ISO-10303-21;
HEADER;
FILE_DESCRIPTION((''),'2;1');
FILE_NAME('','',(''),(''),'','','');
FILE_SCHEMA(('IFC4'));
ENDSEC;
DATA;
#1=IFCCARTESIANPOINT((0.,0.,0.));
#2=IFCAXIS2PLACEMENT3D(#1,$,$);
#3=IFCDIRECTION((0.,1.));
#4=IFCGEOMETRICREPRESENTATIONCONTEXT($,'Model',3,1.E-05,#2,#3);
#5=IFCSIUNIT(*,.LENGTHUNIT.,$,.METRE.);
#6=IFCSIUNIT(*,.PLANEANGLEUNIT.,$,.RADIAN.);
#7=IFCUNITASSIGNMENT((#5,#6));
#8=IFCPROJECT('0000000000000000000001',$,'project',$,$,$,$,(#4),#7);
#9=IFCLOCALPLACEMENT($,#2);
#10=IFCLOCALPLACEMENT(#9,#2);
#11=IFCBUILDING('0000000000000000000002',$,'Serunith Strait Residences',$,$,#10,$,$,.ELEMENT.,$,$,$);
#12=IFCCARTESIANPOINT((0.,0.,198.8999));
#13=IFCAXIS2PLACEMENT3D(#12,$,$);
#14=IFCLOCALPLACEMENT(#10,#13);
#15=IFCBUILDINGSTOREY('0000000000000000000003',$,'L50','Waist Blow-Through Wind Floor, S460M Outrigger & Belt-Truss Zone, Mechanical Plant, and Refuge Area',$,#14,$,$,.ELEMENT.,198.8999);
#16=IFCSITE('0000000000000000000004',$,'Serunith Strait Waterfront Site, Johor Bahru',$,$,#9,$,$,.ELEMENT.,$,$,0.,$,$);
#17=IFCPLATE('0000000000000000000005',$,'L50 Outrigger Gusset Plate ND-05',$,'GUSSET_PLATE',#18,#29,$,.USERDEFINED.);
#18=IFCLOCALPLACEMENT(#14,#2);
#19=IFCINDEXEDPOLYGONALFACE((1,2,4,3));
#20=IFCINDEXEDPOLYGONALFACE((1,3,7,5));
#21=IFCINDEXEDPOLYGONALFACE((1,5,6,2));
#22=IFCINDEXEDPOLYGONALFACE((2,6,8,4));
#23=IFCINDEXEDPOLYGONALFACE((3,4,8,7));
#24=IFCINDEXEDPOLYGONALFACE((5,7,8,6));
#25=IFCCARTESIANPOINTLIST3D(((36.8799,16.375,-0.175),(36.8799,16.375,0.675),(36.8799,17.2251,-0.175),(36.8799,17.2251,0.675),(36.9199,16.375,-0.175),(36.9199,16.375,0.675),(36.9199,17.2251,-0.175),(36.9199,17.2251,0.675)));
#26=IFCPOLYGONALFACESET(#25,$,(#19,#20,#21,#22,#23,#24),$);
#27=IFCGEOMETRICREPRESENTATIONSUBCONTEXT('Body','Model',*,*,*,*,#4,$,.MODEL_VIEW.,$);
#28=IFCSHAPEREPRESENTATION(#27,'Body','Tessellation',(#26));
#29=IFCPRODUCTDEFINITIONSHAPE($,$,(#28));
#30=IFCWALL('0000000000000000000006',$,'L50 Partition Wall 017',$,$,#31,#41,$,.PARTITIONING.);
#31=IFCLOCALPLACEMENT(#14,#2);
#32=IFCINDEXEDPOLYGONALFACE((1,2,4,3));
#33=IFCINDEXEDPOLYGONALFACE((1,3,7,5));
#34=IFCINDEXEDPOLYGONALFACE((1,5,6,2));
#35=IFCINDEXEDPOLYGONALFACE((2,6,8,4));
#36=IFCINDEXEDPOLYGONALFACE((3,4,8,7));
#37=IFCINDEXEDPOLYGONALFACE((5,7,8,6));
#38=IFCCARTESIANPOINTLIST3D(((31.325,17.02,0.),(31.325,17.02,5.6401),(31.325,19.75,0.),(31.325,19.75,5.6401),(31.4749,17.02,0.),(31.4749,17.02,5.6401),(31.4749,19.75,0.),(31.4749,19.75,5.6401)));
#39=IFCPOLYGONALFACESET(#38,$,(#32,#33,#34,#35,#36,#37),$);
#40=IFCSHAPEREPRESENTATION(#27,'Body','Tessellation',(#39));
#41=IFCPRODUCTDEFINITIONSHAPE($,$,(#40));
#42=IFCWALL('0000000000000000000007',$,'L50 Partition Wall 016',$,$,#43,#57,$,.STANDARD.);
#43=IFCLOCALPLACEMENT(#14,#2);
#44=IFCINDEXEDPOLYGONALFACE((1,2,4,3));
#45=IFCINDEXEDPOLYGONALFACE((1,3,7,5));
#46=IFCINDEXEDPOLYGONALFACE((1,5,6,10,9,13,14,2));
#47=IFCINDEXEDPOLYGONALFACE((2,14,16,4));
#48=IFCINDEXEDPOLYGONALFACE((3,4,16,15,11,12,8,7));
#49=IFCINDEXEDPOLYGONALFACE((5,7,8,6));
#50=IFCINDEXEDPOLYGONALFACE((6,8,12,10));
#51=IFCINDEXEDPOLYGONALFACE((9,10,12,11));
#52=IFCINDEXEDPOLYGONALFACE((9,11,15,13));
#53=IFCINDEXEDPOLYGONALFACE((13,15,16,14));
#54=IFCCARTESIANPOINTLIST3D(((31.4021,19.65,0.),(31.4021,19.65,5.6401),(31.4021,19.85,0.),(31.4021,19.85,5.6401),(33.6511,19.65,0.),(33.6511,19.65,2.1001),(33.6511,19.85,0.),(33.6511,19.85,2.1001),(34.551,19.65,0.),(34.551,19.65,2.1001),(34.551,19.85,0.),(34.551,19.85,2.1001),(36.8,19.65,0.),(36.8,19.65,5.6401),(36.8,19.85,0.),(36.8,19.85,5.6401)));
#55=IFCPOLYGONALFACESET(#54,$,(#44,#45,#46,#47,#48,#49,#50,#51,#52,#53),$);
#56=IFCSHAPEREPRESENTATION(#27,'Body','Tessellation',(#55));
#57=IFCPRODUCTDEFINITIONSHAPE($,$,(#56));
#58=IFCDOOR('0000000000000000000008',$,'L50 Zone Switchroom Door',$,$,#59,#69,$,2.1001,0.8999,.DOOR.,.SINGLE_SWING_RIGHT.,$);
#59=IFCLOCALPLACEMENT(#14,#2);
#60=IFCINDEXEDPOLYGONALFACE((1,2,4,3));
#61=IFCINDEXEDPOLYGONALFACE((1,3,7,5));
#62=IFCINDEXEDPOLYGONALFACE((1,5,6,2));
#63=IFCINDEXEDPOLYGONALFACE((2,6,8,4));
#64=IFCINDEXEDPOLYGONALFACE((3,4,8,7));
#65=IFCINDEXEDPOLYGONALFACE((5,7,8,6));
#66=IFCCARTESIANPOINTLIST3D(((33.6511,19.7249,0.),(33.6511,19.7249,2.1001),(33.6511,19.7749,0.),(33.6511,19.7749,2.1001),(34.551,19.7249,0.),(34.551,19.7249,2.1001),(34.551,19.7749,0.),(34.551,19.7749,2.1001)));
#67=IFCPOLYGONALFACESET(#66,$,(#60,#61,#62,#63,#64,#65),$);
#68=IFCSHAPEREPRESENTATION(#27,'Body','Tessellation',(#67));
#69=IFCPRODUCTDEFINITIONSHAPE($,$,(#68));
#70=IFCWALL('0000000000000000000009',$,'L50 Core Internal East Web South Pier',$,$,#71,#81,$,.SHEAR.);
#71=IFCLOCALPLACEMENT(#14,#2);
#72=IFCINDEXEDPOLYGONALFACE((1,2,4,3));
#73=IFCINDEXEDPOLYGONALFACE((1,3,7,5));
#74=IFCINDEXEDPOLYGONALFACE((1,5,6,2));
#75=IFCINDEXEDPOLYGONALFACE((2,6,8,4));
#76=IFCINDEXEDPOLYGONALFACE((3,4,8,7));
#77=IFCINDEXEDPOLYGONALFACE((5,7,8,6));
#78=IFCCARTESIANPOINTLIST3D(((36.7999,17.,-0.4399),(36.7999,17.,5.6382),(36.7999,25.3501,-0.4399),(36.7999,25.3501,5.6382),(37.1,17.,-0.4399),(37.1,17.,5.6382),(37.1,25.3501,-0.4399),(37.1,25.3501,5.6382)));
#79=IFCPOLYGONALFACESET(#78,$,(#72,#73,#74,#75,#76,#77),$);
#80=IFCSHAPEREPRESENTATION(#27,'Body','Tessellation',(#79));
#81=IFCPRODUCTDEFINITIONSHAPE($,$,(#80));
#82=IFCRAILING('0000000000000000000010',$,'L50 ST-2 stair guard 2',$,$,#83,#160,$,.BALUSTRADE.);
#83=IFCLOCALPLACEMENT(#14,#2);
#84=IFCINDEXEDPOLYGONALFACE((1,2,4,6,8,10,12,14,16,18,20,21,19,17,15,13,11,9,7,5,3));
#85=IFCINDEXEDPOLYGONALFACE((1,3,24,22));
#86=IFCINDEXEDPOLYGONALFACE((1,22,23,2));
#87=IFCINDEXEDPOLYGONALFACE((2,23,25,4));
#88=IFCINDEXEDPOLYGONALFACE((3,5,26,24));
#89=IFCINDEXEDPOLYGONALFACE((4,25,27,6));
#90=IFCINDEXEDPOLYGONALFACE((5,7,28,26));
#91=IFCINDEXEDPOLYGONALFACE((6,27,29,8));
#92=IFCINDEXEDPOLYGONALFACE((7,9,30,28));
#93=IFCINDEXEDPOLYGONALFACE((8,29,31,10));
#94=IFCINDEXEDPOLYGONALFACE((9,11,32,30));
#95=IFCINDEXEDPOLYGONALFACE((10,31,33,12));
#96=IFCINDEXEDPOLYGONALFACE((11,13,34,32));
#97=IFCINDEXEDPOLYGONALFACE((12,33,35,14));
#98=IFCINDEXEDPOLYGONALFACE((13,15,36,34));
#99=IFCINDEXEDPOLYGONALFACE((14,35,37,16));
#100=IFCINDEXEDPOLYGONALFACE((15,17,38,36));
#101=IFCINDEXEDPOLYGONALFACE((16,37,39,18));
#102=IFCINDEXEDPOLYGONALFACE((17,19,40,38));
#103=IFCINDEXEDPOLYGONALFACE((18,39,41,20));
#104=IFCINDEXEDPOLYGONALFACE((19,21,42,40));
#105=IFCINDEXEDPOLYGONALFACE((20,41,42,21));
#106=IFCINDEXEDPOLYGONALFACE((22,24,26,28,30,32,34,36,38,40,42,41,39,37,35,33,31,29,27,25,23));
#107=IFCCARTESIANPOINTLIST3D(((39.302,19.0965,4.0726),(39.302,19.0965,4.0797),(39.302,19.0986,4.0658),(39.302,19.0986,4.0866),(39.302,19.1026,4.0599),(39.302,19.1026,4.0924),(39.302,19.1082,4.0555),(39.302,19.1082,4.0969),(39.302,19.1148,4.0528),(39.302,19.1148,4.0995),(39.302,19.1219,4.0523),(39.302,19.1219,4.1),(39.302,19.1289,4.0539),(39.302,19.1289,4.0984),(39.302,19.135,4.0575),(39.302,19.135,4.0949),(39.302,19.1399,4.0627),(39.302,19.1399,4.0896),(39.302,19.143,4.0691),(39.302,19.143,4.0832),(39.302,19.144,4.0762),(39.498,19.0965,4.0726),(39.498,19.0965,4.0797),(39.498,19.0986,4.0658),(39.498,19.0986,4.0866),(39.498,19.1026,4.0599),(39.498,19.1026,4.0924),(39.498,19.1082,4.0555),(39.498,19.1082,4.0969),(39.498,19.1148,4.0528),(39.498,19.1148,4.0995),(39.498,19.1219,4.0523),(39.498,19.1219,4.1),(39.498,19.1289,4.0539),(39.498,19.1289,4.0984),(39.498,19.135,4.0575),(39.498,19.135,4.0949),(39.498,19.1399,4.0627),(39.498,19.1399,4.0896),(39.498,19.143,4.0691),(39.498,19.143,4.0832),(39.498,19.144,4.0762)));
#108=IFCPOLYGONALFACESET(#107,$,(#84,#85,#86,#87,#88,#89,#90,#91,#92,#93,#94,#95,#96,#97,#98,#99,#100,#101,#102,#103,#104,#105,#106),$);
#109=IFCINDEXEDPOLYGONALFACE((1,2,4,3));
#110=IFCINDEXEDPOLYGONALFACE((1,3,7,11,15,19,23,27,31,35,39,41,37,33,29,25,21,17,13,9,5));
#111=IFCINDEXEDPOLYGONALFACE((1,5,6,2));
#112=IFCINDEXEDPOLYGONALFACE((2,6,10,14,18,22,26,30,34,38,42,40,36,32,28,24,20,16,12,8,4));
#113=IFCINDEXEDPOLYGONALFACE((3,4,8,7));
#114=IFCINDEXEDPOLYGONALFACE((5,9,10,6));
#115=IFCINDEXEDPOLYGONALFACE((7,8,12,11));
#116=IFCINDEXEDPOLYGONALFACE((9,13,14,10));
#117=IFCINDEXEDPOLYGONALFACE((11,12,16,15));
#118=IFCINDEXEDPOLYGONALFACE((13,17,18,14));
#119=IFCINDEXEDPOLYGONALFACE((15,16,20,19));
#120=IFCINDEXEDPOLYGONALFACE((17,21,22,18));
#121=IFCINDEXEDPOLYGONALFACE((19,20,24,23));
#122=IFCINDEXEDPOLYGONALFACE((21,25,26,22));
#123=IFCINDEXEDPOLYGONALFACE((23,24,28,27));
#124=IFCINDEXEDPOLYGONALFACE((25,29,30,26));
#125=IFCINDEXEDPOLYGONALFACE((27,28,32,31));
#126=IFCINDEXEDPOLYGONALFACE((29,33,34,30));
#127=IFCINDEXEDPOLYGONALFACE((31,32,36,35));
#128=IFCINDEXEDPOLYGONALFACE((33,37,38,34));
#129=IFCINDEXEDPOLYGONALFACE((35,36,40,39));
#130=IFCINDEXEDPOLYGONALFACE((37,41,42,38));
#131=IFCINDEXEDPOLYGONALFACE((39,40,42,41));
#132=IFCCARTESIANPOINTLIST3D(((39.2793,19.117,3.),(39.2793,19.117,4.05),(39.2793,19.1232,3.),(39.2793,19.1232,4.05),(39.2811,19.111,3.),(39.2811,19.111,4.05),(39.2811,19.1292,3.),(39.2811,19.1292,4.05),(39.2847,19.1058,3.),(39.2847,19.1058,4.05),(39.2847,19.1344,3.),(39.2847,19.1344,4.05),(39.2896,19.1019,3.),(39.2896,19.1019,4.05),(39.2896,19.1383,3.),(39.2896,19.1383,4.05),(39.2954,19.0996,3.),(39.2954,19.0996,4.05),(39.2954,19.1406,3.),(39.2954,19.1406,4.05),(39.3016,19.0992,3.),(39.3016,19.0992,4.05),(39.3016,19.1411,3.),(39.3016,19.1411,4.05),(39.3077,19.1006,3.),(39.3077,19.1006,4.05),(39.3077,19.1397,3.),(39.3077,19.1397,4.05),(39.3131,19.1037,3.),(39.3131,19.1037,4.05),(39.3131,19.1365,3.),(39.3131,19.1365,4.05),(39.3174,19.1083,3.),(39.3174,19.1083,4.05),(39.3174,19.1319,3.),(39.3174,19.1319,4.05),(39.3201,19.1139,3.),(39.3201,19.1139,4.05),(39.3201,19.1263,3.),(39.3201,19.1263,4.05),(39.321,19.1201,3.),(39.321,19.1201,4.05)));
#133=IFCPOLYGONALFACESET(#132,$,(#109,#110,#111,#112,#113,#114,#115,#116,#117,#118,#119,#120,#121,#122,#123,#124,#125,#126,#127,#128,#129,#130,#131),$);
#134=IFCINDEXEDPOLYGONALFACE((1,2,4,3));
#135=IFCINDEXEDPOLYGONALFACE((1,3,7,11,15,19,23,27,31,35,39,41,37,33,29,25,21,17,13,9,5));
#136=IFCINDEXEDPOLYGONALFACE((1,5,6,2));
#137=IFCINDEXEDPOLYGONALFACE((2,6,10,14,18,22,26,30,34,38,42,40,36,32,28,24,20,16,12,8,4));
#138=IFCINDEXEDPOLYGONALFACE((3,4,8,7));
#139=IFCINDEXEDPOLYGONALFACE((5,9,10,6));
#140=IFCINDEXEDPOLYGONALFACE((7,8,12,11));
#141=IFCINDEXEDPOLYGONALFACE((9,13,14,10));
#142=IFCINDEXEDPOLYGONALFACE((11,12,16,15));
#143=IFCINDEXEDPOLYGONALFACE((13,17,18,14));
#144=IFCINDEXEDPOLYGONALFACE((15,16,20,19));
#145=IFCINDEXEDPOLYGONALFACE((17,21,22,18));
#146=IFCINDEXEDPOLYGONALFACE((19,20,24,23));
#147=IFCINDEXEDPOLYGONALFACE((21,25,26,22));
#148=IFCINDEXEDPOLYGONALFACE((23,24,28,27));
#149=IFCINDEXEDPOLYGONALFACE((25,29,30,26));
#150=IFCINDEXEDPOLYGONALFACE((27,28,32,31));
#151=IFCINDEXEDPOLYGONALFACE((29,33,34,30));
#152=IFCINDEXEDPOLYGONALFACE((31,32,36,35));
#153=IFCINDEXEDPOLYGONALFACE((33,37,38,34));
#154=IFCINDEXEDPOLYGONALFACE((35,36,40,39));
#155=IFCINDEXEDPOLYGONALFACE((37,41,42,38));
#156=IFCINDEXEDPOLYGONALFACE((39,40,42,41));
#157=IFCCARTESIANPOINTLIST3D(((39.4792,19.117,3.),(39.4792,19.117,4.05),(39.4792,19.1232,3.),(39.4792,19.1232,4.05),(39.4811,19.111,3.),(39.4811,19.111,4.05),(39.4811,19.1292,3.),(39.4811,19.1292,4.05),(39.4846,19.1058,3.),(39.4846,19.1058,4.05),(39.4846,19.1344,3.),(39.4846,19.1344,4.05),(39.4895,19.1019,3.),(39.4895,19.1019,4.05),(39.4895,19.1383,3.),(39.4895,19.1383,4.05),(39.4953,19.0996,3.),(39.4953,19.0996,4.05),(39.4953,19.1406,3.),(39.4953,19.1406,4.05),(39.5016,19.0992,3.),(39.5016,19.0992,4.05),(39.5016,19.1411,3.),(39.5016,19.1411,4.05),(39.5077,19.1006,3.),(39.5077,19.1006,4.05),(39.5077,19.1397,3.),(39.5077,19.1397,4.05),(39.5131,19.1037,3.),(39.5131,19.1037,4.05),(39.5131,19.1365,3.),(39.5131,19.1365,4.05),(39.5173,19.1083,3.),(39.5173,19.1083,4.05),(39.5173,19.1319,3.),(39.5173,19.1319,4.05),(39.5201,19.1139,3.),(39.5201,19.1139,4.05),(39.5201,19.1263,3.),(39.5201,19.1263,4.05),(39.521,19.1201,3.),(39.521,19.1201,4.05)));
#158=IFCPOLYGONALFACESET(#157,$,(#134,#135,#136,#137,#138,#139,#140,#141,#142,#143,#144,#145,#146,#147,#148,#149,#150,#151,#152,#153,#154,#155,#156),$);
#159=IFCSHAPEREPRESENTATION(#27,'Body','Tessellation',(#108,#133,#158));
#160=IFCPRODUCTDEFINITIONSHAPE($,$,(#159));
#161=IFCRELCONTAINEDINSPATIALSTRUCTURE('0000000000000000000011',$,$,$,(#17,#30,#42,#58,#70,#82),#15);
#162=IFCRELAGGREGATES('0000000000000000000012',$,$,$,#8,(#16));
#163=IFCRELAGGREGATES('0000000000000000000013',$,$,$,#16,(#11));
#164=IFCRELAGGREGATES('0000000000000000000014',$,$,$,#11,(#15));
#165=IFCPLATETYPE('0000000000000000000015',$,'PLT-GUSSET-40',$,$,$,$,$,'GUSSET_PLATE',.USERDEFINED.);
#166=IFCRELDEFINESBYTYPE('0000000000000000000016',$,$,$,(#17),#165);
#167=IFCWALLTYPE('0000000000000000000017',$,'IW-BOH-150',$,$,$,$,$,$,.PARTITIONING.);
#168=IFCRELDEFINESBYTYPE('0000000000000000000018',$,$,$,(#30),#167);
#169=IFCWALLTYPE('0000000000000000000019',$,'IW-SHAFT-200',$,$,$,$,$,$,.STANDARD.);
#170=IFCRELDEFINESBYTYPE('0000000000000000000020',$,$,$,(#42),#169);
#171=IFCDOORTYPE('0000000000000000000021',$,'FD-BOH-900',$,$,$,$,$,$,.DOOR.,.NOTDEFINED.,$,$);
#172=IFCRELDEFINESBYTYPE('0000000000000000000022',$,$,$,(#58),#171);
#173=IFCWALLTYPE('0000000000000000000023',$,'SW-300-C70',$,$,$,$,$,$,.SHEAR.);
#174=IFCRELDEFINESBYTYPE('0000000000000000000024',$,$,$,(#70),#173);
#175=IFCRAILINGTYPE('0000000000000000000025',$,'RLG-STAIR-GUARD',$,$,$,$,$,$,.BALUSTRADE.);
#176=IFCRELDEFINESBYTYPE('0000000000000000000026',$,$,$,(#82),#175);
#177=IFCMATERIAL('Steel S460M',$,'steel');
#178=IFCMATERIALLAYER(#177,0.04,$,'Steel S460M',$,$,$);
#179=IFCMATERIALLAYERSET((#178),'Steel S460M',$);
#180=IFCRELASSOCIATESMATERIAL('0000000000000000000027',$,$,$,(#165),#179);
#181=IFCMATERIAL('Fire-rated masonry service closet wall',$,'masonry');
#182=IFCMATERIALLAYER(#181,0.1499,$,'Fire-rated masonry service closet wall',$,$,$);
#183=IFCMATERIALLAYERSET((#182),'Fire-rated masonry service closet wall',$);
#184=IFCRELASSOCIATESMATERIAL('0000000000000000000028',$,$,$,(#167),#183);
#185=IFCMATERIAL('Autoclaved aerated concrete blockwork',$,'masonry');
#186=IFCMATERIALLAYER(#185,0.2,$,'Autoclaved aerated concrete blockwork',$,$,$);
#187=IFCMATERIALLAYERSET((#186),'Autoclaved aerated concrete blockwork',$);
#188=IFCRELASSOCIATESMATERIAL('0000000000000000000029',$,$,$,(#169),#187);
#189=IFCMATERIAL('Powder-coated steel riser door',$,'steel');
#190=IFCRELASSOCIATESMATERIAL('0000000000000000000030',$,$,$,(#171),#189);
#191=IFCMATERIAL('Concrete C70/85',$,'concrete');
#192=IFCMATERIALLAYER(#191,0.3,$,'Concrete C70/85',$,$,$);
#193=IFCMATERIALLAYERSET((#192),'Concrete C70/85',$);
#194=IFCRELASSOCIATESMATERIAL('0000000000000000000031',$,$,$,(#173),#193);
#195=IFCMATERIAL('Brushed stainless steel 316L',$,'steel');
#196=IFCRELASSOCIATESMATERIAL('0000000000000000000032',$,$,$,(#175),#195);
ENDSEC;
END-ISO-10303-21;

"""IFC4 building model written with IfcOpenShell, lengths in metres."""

from ifc_helpers import new_model, si_unit, direction, frame, frame_2d, origin, origin_2d, place, context, subcontext, project, spatial, rectangle, circle, extrude, source, transform, mapped, material, layer, layer_set, type_object, element, fill, save


model = new_model("IFC4")

# Units and contexts
model_context = context("Model", 3, precision=1e-05, world=origin(), true_north=direction((0.0, 1.0)))
body_context = subcontext(model_context, "Body", "Model", "MODEL_VIEW")
ifc_project = project(units=[si_unit("LENGTHUNIT", "METRE"), si_unit("PLANEANGLEUNIT", "RADIAN")], contexts=[model_context])

# Site, building, storey
site_placement = place(None, origin())
site = spatial("IfcSite", under=ifc_project, at=site_placement, Name="Serunith Strait Waterfront Site, Johor Bahru", CompositionType="ELEMENT", RefElevation=0.0)
building_placement = place(site_placement, origin())
building = spatial("IfcBuilding", under=site, at=building_placement, Name="Serunith Strait Residences", CompositionType="ELEMENT")
storey_placement = place(building_placement, frame((0.0, 0.0, 198.8999)))
storey = spatial("IfcBuildingStorey", under=building, at=storey_placement, Name="L50", Description="Waist Blow-Through Wind Floor, S460M Outrigger & Belt-Truss Zone, Mechanical Plant, and Refuge Area", CompositionType="ELEMENT", Elevation=198.8999)

# Shared definitions
ifc_material_1 = material(Name="Steel S460M", Category="steel")

# Plate
ifc_layer_1 = layer(ifc_material_1, 0.04, Name="Steel S460M")
ifc_layer_set_1 = layer_set([ifc_layer_1], Name="Steel S460M")
plate_type = type_object("IfcPlateType", Name="PLT-GUSSET-40", ElementType="GUSSET_PLATE", PredefinedType="USERDEFINED", material=ifc_layer_set_1)
shared_shape_1 = source(origin(), body_context, "Body", "SweptSolid", [
    extrude(rectangle(XDim=0.8501, YDim=0.04, at=origin_2d()), origin(), (0.0, 0.0, 1.0), 0.8501),
])
plate_placement = place(storey_placement, frame((36.8999, 16.8, -0.175), z_axis=(0.0, 0.0, 1.0), x_axis=(0.0, -1.0, 0.0)))
element("IfcPlate", 1, at=plate_placement, inside=storey, type_object=plate_type, Name="L50 Outrigger Gusset Plate ND-05", ObjectType="GUSSET_PLATE", PredefinedType="USERDEFINED", context=body_context, shape_type="MappedRepresentation", body=[
    mapped(shared_shape_1, transform((0.0, 0.0, 0.0), scale=1.0)),
])

# Wall
ifc_material_2 = material(Name="Fire-rated masonry service closet wall", Category="masonry")
ifc_layer_2 = layer(ifc_material_2, 0.1499, Name="Fire-rated masonry service closet wall")
ifc_layer_set_2 = layer_set([ifc_layer_2], Name="Fire-rated masonry service closet wall")
wall_type_1 = type_object("IfcWallType", Name="IW-BOH-150", PredefinedType="PARTITIONING", material=ifc_layer_set_2)
wall_1_placement = place(storey_placement, frame((31.3999, 17.02, 0.0), z_axis=(0.0, 0.0, 1.0), x_axis=(0.0, 1.0, 0.0)))
element("IfcWall", 2, at=wall_1_placement, inside=storey, type_object=wall_type_1, Name="L50 Partition Wall 017", PredefinedType="PARTITIONING", context=body_context, shape_type="SweptSolid", body=[
    extrude(rectangle(XDim=2.73, YDim=0.1499, at=frame_2d((1.365, 0.0))), origin(), (0.0, 0.0, 1.0), 5.6401),
])

# Wall, opening, door
ifc_material_3 = material(Name="Autoclaved aerated concrete blockwork", Category="masonry")
ifc_layer_3 = layer(ifc_material_3, 0.2, Name="Autoclaved aerated concrete blockwork")
ifc_layer_set_3 = layer_set([ifc_layer_3], Name="Autoclaved aerated concrete blockwork")
wall_type_2 = type_object("IfcWallType", Name="IW-SHAFT-200", PredefinedType="STANDARD", material=ifc_layer_set_3)
wall_2_placement = place(storey_placement, frame((31.4021, 19.75, 0.0), z_axis=(0.0, 0.0, 1.0), x_axis=(1.0, 0.0, 0.0)))
wall_2 = element("IfcWall", 3, at=wall_2_placement, inside=storey, type_object=wall_type_2, Name="L50 Partition Wall 016", PredefinedType="STANDARD", context=body_context, shape_type="SweptSolid", body=[
    extrude(rectangle(XDim=5.3979, YDim=0.2, at=frame_2d((2.699, 0.0))), origin(), (0.0, 0.0, 1.0), 5.6401),
])
opening_placement = place(wall_2_placement, frame((2.249, 0.0, 0.0)))
opening = element("IfcOpeningElement", 4, at=opening_placement, cuts=wall_2, PredefinedType="OPENING", context=body_context, shape_type="SweptSolid", body=[
    extrude(rectangle(XDim=0.8999, YDim=2.1001, at=frame_2d((0.45, 1.05))), frame((0.0, 0.1099, 0.0), z_axis=(0.0, -1.0, 0.0), x_axis=(1.0, 0.0, 0.0)), (0.0, 0.0, 1.0), 0.22),
])
ifc_material_4 = material(Name="Powder-coated steel riser door", Category="steel")
door_type = type_object("IfcDoorType", Name="FD-BOH-900", OperationType="NOTDEFINED", PredefinedType="DOOR", material=ifc_material_4)
shared_shape_2 = source(origin(), body_context, "Body", "SweptSolid", [
    extrude(rectangle(XDim=0.8999, YDim=2.1001, at=frame_2d((0.45, 1.05))), frame((0.0, 0.0249, 0.0), z_axis=(0.0, -1.0, 0.0), x_axis=(1.0, 0.0, 0.0)), (0.0, 0.0, 1.0), 0.05),
])
door_placement = place(opening_placement, origin())
door = element("IfcDoor", 5, at=door_placement, inside=storey, type_object=door_type, Name="L50 Zone Switchroom Door", OperationType="SINGLE_SWING_RIGHT", OverallHeight=2.1001, OverallWidth=0.8999, PredefinedType="DOOR", context=body_context, shape_type="MappedRepresentation", body=[
    mapped(shared_shape_2, transform((0.0, 0.0, 0.0), scale=1.0)),
])
fill(opening, door)

# Wall
ifc_material_5 = material(Name="Concrete C70/85", Category="concrete")
ifc_layer_4 = layer(ifc_material_5, 0.3, Name="Concrete C70/85")
ifc_layer_set_4 = layer_set([ifc_layer_4], Name="Concrete C70/85")
wall_type_3 = type_object("IfcWallType", Name="SW-300-C70", PredefinedType="SHEAR", material=ifc_layer_set_4)
wall_3_placement = place(storey_placement, frame((36.95, 17.0, -0.4399), z_axis=(0.0, 0.0, 1.0), x_axis=(0.0, 1.0, 0.0)))
element("IfcWall", 6, at=wall_3_placement, inside=storey, type_object=wall_type_3, Name="L50 Core Internal East Web South Pier", PredefinedType="SHEAR", context=body_context, shape_type="SweptSolid", body=[
    extrude(rectangle(XDim=8.3501, YDim=0.3, at=frame_2d((4.175, 0.0))), origin(), (0.0, 0.0, 1.0), 6.0781),
])

# Railing
ifc_material_6 = material(Name="Brushed stainless steel 316L", Category="steel")
railing_type_1 = type_object("IfcRailingType", Name="RLG-STAIR-GUARD", PredefinedType="BALUSTRADE", material=ifc_material_6)
railing_1_placement = place(storey_placement, frame((39.3, 19.1201, 3.0)))
element("IfcRailing", 7, at=railing_1_placement, inside=storey, type_object=railing_type_1, Name="L50 ST-2 stair guard 2", PredefinedType="BALUSTRADE", context=body_context, shape_type="SweptSolid", body=[
    extrude(circle(Radius=0.0239, at=origin_2d()), frame((0.002, 0.0, 1.0762), z_axis=(1.0, 0.0, 0.0), x_axis=(0.0, 1.0, 0.0)), (0.0, 0.0, 1.0), 0.196),
    extrude(circle(Radius=0.021, at=origin_2d()), origin(), (0.0, 0.0, 1.0), 1.05),
    extrude(circle(Radius=0.021, at=origin_2d()), frame((0.2, 0.0, 0.0)), (0.0, 0.0, 1.0), 1.05),
])

save(model, "model.ifc")
